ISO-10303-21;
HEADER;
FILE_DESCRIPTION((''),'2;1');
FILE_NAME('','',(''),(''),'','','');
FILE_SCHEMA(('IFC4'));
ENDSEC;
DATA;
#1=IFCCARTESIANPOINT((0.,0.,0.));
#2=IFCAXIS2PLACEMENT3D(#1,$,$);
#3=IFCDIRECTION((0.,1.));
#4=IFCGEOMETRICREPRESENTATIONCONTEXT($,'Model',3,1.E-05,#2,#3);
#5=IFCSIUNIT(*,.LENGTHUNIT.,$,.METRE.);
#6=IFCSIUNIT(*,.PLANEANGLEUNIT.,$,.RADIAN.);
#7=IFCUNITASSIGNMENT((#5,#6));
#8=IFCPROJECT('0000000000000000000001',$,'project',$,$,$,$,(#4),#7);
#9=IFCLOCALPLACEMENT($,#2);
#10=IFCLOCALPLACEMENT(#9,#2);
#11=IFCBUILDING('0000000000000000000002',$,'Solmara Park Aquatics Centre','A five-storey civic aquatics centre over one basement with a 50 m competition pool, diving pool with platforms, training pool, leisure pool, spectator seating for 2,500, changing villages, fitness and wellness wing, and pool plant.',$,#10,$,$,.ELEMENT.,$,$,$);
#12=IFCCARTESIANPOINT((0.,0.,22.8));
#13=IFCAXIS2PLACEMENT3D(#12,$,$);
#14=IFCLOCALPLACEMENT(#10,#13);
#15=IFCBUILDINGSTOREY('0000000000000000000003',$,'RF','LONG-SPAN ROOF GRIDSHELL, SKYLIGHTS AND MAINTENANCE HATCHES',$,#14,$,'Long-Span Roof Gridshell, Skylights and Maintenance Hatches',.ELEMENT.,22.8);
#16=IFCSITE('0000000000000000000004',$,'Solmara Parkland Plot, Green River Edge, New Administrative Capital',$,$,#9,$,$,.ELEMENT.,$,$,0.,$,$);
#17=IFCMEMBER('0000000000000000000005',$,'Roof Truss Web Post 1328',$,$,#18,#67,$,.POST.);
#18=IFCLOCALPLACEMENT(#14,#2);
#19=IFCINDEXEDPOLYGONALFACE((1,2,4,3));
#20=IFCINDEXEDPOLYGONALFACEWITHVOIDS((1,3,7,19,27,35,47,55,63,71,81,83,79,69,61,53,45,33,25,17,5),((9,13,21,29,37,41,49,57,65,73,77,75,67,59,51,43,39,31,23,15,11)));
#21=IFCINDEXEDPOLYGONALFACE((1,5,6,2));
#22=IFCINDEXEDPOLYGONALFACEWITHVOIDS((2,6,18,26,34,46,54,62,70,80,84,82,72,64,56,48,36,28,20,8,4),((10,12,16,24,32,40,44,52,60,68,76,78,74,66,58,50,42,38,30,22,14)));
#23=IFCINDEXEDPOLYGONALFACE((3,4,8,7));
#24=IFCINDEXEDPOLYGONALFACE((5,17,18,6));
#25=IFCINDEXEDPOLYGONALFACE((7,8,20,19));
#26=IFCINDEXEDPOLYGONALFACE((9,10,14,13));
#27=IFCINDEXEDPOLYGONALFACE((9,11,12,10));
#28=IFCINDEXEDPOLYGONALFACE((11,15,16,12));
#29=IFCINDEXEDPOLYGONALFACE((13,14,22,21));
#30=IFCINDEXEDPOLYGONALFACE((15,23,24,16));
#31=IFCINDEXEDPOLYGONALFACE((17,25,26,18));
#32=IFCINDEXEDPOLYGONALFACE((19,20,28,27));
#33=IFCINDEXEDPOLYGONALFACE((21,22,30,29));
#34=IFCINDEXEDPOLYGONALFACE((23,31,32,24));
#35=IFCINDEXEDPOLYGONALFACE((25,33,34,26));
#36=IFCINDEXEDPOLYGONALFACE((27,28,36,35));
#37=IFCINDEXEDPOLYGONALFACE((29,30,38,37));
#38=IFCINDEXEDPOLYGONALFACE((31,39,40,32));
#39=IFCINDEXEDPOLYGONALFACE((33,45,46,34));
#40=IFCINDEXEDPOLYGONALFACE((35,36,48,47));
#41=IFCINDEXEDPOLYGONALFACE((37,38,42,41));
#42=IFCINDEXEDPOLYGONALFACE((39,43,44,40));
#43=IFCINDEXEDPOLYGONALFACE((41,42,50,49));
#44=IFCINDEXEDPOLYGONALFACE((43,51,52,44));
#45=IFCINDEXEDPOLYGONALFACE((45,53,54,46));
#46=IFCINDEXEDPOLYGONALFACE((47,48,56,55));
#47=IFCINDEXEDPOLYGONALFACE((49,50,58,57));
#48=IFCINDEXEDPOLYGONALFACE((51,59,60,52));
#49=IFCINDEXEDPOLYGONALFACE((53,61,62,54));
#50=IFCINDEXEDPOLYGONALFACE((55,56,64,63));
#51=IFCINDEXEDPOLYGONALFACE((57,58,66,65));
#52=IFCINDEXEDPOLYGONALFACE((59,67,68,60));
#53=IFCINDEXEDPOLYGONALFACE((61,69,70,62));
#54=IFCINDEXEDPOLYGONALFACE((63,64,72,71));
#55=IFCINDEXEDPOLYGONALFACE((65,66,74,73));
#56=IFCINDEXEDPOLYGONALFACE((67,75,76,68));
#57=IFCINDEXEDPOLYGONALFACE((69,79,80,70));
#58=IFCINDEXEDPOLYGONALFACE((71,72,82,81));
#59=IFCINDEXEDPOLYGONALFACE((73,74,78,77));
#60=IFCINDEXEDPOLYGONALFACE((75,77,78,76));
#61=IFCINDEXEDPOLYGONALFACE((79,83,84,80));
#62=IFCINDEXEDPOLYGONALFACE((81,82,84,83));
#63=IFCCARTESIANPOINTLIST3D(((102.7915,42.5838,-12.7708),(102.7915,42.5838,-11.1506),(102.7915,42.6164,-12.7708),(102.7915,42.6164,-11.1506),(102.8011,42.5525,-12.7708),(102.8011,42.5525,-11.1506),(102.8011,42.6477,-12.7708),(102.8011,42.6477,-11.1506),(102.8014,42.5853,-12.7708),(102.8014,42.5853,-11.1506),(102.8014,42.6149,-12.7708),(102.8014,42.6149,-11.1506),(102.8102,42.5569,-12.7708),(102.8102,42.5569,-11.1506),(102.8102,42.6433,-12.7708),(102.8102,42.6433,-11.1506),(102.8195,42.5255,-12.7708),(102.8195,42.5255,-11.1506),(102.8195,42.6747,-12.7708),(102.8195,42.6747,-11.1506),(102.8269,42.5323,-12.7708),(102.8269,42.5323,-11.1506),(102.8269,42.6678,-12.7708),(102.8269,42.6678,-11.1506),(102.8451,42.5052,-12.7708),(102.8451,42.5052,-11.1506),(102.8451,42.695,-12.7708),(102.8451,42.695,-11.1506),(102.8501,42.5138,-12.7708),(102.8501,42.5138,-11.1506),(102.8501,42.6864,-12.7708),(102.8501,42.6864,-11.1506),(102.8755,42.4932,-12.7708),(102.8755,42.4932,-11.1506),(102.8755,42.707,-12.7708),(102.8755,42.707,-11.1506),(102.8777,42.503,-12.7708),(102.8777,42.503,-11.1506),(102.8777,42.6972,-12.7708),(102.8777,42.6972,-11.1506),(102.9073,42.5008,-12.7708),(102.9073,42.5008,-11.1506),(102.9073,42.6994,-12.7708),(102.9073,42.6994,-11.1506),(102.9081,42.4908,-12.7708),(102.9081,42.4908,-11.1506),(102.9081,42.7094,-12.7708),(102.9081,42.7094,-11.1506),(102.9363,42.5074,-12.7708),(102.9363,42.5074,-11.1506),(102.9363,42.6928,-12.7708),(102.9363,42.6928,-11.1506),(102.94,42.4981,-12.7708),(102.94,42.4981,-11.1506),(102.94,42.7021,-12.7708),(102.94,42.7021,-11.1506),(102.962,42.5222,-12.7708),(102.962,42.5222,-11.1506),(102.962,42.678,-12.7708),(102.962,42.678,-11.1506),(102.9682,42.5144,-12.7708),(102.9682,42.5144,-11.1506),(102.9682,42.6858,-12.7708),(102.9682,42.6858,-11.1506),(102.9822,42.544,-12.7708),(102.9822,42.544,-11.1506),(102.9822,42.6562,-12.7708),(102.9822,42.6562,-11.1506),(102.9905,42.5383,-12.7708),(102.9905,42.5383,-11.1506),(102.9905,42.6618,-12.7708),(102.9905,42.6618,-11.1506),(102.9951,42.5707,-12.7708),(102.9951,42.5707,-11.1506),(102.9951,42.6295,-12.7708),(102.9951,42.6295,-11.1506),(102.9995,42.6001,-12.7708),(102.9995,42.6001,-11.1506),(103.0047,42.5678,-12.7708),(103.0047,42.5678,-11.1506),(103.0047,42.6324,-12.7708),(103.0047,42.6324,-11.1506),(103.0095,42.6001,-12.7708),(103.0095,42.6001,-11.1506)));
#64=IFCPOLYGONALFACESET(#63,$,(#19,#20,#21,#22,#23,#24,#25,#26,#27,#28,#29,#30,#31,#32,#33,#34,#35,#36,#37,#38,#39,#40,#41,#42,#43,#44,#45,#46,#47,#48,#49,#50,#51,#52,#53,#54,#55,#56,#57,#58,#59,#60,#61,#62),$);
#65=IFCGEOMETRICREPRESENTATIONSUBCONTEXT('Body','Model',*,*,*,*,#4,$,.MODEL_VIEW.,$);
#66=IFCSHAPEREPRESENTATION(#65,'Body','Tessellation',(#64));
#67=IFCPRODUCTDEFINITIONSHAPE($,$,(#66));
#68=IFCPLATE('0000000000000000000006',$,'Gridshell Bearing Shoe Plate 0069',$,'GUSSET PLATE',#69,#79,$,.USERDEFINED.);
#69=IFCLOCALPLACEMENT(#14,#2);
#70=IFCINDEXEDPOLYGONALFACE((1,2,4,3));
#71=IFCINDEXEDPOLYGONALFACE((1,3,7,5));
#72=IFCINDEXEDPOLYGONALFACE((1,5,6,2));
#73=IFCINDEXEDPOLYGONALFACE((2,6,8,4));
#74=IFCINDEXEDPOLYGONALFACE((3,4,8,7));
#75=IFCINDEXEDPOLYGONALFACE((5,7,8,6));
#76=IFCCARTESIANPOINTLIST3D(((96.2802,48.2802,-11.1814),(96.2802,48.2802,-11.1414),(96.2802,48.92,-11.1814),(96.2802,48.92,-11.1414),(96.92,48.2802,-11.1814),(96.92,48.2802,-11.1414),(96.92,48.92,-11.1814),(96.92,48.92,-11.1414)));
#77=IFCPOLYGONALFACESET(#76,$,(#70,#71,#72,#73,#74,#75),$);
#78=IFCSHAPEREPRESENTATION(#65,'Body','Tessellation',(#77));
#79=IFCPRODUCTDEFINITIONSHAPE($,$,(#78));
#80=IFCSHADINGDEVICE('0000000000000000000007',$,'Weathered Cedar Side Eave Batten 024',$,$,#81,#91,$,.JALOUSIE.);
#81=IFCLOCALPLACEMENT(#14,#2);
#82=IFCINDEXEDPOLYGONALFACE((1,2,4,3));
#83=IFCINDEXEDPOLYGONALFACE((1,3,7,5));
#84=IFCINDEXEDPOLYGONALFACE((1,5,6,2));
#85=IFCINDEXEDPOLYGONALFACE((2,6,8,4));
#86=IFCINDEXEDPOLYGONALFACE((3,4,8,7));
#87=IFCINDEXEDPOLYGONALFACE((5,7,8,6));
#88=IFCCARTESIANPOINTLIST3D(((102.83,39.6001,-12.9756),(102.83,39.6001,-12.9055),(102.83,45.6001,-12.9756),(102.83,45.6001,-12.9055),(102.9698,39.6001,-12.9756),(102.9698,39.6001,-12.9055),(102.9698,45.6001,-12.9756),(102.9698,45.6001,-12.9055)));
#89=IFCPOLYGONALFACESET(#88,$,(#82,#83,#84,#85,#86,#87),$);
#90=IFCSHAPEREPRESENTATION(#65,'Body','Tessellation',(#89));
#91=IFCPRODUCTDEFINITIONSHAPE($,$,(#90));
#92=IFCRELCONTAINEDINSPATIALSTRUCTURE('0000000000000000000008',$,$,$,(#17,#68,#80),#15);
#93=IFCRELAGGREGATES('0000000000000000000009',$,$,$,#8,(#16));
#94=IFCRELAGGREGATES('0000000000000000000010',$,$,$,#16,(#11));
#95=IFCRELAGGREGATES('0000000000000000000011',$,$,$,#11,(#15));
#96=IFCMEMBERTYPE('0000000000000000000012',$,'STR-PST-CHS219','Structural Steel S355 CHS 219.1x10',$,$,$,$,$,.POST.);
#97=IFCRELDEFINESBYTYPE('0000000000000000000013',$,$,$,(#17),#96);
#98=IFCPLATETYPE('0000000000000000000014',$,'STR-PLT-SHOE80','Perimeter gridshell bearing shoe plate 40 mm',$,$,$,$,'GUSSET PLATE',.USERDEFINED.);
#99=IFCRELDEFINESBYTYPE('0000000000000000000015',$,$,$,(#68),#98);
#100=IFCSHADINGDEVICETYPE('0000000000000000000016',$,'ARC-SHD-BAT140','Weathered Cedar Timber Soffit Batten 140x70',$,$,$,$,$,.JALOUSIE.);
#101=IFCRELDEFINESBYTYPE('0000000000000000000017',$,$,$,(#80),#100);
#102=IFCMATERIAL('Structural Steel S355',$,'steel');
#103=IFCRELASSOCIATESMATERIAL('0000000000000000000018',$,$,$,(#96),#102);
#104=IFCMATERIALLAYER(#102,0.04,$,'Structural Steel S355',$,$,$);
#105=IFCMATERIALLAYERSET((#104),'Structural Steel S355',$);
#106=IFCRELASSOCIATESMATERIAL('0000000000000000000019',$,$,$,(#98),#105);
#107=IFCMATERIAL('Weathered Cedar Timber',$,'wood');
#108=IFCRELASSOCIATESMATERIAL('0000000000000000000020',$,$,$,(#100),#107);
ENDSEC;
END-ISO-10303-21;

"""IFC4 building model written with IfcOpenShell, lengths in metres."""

from ifc_helpers import new_model, si_unit, direction, frame, origin, origin_2d, place, context, subcontext, project, spatial, rectangle, hollow_circle, extrude, material, layer, layer_set, material_profile, profile_set, type_object, element, save


model = new_model("IFC4")

# Units and contexts
model_context = context("Model", 3, precision=1e-05, world=origin(), true_north=direction((0.0, 1.0)))
body_context = subcontext(model_context, "Body", "Model", "MODEL_VIEW")
ifc_project = project(units=[si_unit("LENGTHUNIT", "METRE"), si_unit("PLANEANGLEUNIT", "RADIAN")], contexts=[model_context])

# Site, building, storey
site_placement = place(None, origin())
site = spatial("IfcSite", under=ifc_project, at=site_placement, Name="Solmara Parkland Plot, Green River Edge, New Administrative Capital", CompositionType="ELEMENT", RefElevation=0.0)
building_placement = place(site_placement, origin())
building = spatial("IfcBuilding", under=site, at=building_placement, Name="Solmara Park Aquatics Centre", Description="A five-storey civic aquatics centre over one basement with a 50 m competition pool, diving pool with platforms, training pool, leisure pool, spectator seating for 2,500, changing villages, fitness and wellness wing, and pool plant.", CompositionType="ELEMENT")
storey_placement = place(building_placement, frame((0.0, 0.0, 22.8)))
storey = spatial("IfcBuildingStorey", under=building, at=storey_placement, Name="RF", Description="LONG-SPAN ROOF GRIDSHELL, SKYLIGHTS AND MAINTENANCE HATCHES", LongName="Long-Span Roof Gridshell, Skylights and Maintenance Hatches", CompositionType="ELEMENT", Elevation=22.8)

# Member
ifc_material_1 = material(Name="Structural Steel S355", Category="steel")
ifc_material_profile_1 = material_profile(ifc_material_1, hollow_circle(Radius=0.1096, WallThickness=0.01, at=origin_2d()), Name="CHS 219.1x10")
ifc_profile_set_1 = profile_set([ifc_material_profile_1], Name="Structural Steel S355")
member_type_1 = type_object("IfcMemberType", Name="STR-PST-CHS219", Description="Structural Steel S355 CHS 219.1x10", PredefinedType="POST", material=ifc_profile_set_1)
member_1_placement = place(storey_placement, frame((102.8999, 42.6001, -12.7708), z_axis=(0.0, 0.0, 1.0), x_axis=(1.0, 0.0, 0.0)))
element("IfcMember", 1, at=member_1_placement, inside=storey, type_object=member_type_1, Name="Roof Truss Web Post 1328", PredefinedType="POST", context=body_context, shape_type="SweptSolid", body=[
    extrude(hollow_circle(Radius=0.1096, WallThickness=0.01, at=origin_2d()), origin(), (0.0, 0.0, 1.0), 1.6201),
])

# Plate
ifc_layer = layer(ifc_material_1, 0.04, Name="Structural Steel S355")
ifc_layer_set = layer_set([ifc_layer], Name="Structural Steel S355")
plate_type = type_object("IfcPlateType", Name="STR-PLT-SHOE80", Description="Perimeter gridshell bearing shoe plate 40 mm", ElementType="GUSSET PLATE", PredefinedType="USERDEFINED", material=ifc_layer_set)
plate_placement = place(storey_placement, frame((96.6001, 48.6001, -11.1814), z_axis=(0.0, 0.0, 1.0), x_axis=(1.0, 0.0, 0.0)))
element("IfcPlate", 2, at=plate_placement, inside=storey, type_object=plate_type, Name="Gridshell Bearing Shoe Plate 0069", ObjectType="GUSSET PLATE", PredefinedType="USERDEFINED", context=body_context, shape_type="SweptSolid", body=[
    extrude(rectangle(XDim=0.6399, YDim=0.6399, at=origin_2d()), origin(), (0.0, 0.0, 1.0), 0.04),
])

# Shading device
ifc_material_2 = material(Name="Weathered Cedar Timber", Category="wood")
shading_device_type = type_object("IfcShadingDeviceType", Name="ARC-SHD-BAT140", Description="Weathered Cedar Timber Soffit Batten 140x70", PredefinedType="JALOUSIE", material=ifc_material_2)
shading_device_placement = place(storey_placement, frame((102.8999, 42.6001, -12.9756), z_axis=(0.0, 0.0, 1.0), x_axis=(1.0, 0.0, 0.0)))
element("IfcShadingDevice", 3, at=shading_device_placement, inside=storey, type_object=shading_device_type, Name="Weathered Cedar Side Eave Batten 024", PredefinedType="JALOUSIE", context=body_context, shape_type="SweptSolid", body=[
    extrude(rectangle(XDim=0.1399, YDim=6.0, at=origin_2d()), origin(), (0.0, 0.0, 1.0), 0.0701),
])

save(model, "model.ifc")
